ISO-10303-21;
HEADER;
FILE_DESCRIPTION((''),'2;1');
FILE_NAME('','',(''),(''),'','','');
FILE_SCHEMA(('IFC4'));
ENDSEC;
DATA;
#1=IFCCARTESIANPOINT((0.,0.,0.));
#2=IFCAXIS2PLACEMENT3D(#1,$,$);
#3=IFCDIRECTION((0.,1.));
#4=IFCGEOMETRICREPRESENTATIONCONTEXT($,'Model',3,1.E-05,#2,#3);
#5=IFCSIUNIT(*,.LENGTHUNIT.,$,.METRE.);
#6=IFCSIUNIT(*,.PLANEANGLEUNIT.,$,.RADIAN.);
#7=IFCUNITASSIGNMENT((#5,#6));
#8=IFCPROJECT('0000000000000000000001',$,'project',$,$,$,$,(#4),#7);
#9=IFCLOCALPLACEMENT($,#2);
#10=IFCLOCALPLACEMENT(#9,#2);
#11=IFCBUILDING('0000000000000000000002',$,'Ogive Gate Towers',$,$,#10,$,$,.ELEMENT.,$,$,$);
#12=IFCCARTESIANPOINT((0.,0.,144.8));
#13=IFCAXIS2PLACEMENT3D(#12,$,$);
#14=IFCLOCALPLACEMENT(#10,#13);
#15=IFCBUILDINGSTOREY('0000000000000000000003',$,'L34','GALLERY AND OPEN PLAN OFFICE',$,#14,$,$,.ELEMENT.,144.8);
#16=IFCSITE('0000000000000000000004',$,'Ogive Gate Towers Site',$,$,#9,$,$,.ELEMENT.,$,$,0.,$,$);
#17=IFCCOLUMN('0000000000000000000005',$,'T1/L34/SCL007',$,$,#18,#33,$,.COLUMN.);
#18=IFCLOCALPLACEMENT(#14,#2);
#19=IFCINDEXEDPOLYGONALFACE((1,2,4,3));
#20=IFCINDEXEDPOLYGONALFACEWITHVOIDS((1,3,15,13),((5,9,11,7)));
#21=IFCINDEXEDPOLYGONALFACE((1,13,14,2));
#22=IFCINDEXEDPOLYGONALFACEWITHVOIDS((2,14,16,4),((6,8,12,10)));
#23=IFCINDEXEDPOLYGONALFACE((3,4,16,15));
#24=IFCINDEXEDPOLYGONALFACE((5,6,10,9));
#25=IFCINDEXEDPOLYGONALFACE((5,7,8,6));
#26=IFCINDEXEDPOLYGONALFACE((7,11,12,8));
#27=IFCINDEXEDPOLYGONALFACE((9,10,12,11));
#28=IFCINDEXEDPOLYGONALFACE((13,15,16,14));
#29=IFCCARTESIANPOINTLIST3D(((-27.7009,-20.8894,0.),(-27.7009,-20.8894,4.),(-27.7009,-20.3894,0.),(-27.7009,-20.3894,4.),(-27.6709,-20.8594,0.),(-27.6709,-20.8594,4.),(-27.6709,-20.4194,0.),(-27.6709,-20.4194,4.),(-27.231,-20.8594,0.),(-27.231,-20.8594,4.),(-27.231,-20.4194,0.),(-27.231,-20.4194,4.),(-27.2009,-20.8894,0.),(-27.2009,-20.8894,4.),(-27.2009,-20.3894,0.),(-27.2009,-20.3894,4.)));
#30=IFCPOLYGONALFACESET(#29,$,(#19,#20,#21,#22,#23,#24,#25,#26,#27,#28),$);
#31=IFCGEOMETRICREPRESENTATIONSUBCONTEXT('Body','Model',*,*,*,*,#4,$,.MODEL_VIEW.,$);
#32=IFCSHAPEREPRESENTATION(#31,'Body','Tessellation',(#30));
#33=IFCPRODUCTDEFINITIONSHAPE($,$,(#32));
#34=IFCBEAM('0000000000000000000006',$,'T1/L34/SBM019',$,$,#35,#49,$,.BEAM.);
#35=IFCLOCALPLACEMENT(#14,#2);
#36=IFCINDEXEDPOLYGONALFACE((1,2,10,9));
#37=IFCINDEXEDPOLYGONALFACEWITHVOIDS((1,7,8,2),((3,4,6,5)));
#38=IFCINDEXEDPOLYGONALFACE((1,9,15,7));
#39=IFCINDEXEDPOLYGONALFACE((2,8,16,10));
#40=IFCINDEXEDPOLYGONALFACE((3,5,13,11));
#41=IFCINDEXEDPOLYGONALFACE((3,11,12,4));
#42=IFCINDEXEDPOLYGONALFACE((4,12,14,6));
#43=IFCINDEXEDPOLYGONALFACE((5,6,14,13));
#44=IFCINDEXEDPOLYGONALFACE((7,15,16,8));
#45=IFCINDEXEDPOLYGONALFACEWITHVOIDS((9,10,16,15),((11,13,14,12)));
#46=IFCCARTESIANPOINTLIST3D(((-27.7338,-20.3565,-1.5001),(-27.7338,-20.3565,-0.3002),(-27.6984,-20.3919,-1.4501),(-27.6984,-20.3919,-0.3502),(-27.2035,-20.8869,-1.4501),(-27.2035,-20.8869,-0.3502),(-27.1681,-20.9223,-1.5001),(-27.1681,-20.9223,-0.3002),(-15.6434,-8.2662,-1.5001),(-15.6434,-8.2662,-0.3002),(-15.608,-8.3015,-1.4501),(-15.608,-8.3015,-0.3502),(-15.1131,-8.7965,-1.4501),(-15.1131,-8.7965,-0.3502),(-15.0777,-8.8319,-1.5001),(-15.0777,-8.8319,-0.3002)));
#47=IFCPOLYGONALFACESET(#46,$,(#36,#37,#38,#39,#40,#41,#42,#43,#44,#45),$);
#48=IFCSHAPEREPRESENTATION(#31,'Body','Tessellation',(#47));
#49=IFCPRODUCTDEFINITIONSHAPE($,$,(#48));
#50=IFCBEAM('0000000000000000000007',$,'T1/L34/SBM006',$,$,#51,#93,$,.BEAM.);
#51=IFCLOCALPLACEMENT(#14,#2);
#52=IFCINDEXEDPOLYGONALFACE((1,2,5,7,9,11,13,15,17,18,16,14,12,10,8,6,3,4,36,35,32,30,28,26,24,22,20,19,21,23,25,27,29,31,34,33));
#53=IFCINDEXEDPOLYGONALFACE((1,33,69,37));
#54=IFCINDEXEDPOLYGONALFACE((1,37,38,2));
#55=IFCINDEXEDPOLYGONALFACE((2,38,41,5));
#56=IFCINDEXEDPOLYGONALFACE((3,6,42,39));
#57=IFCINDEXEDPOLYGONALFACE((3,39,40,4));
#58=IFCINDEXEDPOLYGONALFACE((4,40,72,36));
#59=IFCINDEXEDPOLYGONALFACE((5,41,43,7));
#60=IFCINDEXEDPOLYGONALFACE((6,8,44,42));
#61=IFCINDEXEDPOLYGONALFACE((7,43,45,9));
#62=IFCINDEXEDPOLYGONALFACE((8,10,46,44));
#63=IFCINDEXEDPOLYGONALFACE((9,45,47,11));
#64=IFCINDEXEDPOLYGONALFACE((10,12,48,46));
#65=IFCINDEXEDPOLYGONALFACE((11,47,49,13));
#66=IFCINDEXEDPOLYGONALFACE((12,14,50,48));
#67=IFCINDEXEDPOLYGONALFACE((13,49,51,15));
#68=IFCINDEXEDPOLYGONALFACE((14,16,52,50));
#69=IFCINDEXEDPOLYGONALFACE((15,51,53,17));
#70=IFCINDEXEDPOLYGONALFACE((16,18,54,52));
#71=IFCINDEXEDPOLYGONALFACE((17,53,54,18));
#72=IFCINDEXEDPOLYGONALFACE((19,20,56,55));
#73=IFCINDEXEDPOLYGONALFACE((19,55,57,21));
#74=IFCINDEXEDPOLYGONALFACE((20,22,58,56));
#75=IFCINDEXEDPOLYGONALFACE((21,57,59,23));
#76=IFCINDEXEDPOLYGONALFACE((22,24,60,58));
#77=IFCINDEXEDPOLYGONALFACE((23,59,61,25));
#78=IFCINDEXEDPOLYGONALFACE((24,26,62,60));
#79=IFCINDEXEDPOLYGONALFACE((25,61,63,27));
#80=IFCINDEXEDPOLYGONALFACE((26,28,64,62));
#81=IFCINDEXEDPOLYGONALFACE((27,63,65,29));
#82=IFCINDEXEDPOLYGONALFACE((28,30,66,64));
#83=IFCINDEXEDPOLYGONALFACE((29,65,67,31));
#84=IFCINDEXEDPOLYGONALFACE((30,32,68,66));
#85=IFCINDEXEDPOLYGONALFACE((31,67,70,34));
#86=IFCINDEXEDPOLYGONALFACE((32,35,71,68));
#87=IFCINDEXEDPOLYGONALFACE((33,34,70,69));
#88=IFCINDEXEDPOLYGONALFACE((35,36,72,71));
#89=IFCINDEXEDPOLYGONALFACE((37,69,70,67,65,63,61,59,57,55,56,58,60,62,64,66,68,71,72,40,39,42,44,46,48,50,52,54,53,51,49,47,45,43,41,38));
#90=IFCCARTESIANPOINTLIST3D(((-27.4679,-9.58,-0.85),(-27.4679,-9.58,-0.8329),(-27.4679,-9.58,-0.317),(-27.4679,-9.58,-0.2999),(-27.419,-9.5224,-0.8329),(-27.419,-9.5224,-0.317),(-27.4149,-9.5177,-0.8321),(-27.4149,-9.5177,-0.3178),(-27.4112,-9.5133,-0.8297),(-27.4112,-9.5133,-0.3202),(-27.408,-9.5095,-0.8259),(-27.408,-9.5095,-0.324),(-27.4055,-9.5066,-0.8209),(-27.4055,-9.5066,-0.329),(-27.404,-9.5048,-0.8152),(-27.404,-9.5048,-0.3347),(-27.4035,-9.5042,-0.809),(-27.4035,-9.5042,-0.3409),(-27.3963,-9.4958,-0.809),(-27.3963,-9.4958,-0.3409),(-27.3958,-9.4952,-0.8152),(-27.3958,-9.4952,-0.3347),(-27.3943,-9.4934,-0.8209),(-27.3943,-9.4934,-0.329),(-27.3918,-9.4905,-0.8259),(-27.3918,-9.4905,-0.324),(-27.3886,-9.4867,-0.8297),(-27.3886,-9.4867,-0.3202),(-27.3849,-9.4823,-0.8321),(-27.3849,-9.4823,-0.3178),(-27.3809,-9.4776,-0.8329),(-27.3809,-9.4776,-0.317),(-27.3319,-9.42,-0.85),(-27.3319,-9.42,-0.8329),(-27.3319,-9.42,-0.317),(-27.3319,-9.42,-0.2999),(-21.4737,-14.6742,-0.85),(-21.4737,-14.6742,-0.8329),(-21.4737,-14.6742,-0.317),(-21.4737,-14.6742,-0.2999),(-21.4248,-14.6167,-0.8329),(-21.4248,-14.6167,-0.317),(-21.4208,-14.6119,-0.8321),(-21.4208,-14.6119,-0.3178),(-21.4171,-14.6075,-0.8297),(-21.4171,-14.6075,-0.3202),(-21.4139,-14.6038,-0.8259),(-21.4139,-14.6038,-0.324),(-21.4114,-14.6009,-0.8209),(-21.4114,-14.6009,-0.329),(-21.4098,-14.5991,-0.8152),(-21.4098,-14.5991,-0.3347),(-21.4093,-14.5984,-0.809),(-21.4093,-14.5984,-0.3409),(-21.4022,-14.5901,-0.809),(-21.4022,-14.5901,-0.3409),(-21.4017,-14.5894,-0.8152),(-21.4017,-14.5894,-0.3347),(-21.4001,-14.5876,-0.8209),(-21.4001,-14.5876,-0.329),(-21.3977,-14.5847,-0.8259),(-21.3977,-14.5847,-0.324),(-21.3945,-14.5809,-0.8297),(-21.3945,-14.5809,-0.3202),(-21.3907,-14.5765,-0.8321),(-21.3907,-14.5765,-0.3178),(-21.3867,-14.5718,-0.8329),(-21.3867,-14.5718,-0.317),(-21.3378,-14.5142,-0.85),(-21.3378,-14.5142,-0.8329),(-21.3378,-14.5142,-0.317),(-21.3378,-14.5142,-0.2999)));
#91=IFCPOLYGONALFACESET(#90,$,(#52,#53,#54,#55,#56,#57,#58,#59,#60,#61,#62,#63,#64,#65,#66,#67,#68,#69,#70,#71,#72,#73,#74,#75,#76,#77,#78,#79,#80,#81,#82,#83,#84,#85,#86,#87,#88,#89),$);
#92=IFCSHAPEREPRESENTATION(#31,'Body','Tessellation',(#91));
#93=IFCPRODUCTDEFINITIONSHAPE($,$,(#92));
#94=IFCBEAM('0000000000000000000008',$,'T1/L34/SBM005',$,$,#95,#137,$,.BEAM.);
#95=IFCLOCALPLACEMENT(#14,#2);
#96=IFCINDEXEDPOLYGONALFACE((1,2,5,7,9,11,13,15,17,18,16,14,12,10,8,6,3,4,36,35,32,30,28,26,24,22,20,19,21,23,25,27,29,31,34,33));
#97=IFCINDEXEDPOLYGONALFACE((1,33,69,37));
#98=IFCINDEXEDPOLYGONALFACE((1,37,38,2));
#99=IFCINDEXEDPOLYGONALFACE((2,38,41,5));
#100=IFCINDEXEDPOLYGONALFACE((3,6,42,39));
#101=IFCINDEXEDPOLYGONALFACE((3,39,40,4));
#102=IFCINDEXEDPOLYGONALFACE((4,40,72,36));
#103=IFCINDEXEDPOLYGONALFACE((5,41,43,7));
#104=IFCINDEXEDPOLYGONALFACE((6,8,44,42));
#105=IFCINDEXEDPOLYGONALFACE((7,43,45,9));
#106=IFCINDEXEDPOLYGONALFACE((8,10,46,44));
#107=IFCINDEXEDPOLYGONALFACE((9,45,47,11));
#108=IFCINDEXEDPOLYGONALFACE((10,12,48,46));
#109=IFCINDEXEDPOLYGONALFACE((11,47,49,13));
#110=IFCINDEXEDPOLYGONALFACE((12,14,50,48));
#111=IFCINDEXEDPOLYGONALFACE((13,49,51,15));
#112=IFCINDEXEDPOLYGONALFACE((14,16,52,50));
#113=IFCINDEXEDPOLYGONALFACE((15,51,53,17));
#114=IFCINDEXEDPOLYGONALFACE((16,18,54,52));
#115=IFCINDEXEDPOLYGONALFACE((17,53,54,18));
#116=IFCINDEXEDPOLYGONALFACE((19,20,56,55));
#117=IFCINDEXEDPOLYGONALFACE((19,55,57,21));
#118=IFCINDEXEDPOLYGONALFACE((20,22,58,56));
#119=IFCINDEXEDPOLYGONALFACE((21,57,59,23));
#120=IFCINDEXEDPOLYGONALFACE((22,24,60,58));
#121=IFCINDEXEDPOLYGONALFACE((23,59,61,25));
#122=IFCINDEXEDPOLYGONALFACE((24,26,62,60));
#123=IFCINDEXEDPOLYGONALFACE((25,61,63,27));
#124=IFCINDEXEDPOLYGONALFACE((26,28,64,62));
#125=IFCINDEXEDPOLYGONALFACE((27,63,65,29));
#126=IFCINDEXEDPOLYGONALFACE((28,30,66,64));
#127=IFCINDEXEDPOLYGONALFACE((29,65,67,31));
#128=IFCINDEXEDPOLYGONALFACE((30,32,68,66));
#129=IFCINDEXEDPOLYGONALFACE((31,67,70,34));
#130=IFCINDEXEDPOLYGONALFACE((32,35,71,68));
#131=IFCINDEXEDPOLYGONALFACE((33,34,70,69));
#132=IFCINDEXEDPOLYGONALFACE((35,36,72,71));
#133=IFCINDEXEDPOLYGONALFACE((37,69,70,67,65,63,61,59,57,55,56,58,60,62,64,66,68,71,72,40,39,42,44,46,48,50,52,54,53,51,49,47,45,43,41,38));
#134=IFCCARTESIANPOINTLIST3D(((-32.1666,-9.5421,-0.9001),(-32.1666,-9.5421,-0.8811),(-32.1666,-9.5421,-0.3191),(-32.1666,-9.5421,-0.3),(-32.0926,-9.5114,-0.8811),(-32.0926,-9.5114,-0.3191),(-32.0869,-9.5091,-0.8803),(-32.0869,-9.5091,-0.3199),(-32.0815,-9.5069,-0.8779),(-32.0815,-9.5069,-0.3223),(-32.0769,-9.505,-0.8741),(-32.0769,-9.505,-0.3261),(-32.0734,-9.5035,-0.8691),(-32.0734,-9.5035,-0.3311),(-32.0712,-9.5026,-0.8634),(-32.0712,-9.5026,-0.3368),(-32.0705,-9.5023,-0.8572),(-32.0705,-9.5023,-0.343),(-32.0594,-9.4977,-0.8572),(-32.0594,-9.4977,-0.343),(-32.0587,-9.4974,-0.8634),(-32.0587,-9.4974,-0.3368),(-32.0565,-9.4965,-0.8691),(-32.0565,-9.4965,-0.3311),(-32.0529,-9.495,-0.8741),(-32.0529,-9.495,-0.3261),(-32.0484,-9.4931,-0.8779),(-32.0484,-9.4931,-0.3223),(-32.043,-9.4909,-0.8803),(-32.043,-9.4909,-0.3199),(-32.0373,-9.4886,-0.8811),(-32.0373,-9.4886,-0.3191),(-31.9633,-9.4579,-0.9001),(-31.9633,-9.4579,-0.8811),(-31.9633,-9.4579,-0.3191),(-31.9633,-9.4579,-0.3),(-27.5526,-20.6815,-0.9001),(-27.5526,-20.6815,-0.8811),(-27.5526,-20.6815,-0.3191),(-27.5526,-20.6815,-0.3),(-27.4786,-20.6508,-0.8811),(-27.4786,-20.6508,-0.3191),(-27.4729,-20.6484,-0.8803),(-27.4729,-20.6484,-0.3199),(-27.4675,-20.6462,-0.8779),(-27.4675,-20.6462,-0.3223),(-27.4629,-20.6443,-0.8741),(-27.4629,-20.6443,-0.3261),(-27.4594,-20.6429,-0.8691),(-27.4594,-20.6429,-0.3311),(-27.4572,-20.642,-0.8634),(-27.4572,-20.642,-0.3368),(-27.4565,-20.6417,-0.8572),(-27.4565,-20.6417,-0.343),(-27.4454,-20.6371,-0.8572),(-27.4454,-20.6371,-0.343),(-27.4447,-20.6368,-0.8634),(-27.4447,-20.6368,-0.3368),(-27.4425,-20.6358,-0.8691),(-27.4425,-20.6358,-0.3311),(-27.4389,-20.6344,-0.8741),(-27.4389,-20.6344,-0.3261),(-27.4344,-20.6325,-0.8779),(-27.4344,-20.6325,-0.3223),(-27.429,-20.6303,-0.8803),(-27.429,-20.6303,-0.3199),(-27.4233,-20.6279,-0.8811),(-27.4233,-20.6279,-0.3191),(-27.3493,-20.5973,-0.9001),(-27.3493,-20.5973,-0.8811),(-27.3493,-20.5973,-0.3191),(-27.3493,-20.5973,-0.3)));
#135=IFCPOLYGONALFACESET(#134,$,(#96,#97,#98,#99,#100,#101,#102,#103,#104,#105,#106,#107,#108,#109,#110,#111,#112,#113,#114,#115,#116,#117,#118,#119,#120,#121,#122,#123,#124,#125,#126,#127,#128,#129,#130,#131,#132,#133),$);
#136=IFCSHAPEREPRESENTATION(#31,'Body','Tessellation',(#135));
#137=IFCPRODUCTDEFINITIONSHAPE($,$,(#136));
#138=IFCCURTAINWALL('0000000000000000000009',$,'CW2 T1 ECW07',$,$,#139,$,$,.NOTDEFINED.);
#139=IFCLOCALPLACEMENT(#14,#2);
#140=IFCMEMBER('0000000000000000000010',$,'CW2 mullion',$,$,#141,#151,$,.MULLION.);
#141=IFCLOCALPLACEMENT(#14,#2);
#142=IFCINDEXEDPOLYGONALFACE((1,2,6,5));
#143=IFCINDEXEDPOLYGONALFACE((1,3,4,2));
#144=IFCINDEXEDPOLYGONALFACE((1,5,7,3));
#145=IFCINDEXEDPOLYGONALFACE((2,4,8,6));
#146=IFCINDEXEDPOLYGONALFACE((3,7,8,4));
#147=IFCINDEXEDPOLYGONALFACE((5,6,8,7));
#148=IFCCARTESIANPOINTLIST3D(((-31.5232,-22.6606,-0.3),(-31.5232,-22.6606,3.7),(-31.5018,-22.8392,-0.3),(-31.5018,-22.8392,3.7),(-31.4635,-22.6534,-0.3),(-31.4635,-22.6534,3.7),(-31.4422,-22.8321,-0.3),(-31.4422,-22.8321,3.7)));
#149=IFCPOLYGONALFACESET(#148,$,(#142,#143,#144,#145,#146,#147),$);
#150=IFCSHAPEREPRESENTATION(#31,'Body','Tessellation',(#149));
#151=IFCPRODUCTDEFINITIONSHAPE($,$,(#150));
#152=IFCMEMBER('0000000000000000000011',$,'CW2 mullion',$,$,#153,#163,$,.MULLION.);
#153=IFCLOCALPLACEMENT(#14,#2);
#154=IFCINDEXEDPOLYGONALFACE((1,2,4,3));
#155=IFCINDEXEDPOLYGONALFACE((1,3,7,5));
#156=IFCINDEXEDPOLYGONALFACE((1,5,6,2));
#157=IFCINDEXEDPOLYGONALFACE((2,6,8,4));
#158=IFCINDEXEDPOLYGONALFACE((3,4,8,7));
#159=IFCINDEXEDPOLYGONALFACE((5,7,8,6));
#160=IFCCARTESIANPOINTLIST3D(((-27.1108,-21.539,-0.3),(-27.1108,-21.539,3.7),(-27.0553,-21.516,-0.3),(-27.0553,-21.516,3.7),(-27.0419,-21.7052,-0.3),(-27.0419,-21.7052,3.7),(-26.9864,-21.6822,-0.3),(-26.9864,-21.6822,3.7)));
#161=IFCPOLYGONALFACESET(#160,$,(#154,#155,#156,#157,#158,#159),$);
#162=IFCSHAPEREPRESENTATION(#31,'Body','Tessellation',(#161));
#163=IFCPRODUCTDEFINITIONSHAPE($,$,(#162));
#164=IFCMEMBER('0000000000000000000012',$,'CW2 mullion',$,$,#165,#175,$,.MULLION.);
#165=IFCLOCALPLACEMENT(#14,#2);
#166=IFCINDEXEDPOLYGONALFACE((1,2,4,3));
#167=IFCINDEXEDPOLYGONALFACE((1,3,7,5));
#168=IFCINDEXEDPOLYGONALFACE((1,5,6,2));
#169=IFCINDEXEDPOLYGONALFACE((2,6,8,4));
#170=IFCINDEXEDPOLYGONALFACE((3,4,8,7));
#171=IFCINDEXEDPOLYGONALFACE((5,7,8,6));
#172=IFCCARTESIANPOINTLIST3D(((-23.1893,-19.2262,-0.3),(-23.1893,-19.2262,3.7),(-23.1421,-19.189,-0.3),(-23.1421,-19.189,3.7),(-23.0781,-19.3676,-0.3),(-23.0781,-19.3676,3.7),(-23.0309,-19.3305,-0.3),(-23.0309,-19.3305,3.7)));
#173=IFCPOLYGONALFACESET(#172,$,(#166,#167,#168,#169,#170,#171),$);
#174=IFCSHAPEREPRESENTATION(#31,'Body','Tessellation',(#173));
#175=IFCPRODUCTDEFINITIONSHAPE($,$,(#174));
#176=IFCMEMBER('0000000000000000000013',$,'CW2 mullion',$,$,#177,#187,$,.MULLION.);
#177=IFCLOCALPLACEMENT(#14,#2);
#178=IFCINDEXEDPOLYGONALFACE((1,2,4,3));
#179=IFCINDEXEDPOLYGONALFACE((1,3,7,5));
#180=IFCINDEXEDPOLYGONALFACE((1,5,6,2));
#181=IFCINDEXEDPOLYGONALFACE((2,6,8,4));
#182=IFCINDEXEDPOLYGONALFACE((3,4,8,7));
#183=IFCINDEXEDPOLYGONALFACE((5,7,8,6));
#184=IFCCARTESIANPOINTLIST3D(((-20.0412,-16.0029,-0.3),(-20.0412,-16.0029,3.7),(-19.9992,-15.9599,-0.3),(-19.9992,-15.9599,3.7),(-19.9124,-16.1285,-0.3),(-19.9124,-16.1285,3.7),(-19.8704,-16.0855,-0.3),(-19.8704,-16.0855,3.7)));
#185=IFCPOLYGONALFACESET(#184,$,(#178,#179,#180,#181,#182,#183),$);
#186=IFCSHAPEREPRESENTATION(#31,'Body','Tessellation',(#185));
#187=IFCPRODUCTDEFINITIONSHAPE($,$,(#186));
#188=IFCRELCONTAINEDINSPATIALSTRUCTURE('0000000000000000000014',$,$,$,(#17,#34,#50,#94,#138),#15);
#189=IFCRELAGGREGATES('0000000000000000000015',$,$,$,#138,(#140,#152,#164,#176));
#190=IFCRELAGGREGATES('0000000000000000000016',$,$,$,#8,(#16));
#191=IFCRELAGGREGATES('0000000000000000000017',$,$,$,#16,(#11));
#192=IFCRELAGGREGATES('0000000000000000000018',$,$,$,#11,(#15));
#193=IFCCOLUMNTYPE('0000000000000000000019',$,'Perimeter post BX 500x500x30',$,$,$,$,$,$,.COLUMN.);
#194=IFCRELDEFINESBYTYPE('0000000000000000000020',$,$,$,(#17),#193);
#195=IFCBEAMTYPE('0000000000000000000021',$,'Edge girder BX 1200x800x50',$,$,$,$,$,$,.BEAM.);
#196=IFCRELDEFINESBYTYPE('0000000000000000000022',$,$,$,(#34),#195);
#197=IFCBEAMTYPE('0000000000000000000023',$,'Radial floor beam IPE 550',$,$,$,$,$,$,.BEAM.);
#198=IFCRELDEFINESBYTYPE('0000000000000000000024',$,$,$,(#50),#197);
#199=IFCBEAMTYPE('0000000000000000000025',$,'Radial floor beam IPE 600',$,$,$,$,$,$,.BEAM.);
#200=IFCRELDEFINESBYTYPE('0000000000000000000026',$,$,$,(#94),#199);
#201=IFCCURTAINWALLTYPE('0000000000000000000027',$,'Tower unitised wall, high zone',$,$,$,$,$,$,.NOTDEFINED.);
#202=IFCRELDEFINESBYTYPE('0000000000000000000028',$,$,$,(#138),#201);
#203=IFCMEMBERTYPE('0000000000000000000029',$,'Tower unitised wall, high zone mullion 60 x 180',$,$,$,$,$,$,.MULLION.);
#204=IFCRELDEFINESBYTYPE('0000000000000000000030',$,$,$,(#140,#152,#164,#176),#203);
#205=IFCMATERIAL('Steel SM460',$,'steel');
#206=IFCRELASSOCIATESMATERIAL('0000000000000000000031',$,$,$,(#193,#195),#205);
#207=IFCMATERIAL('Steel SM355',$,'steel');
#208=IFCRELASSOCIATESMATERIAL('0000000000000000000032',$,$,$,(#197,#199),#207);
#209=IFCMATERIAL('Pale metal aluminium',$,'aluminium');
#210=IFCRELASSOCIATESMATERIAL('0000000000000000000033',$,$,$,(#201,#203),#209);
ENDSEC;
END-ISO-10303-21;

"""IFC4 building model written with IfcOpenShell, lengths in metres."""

from ifc_helpers import new_model, si_unit, direction, frame, origin, origin_2d, place, context, subcontext, project, spatial, rectangle, hollow_rectangle, i_section, extrude, material, material_profile, profile_set, type_object, element, aggregate, save


model = new_model("IFC4")

# Units and contexts
model_context = context("Model", 3, precision=1e-05, world=origin(), true_north=direction((0.0, 1.0)))
body_context = subcontext(model_context, "Body", "Model", "MODEL_VIEW")
ifc_project = project(units=[si_unit("LENGTHUNIT", "METRE"), si_unit("PLANEANGLEUNIT", "RADIAN")], contexts=[model_context])

# Site, building, storey
site_placement = place(None, origin())
site = spatial("IfcSite", under=ifc_project, at=site_placement, Name="Ogive Gate Towers Site", CompositionType="ELEMENT", RefElevation=0.0)
building_placement = place(site_placement, origin())
building = spatial("IfcBuilding", under=site, at=building_placement, Name="Ogive Gate Towers", CompositionType="ELEMENT")
storey_placement = place(building_placement, frame((0.0, 0.0, 144.8)))
storey = spatial("IfcBuildingStorey", under=building, at=storey_placement, Name="L34", Description="GALLERY AND OPEN PLAN OFFICE", CompositionType="ELEMENT", Elevation=144.8)

# Column
ifc_material_1 = material(Name="Steel SM460", Category="steel")
ifc_material_profile_1 = material_profile(ifc_material_1, hollow_rectangle(XDim=0.5, YDim=0.5, WallThickness=0.03, at=origin_2d()), Name="BX 500x500x30")
ifc_profile_set_1 = profile_set([ifc_material_profile_1], Name="Steel SM460")
column_type = type_object("IfcColumnType", Name="Perimeter post BX 500x500x30", PredefinedType="COLUMN", material=ifc_profile_set_1)
column_placement = place(storey_placement, frame((-27.4509, -20.6394, 0.0), z_axis=(0.0, 0.0, 1.0), x_axis=(1.0, 0.0, 0.0)))
element("IfcColumn", 1, at=column_placement, inside=storey, type_object=column_type, Name="T1/L34/SCL007", PredefinedType="COLUMN", context=body_context, shape_type="SweptSolid", body=[
    extrude(hollow_rectangle(XDim=0.5, YDim=0.5, WallThickness=0.03, at=origin_2d()), origin(), (0.0, 0.0, 1.0), 4.0),
])

# Beams
ifc_material_profile_2 = material_profile(ifc_material_1, hollow_rectangle(XDim=0.8, YDim=1.2, WallThickness=0.05, at=origin_2d()), Name="BX 1200x800x50")
ifc_profile_set_2 = profile_set([ifc_material_profile_2], Name="Steel SM460")
beam_type_1 = type_object("IfcBeamType", Name="Edge girder BX 1200x800x50", PredefinedType="BEAM", material=ifc_profile_set_2)
beam_1_placement = place(storey_placement, frame((-27.4509, -20.6394, -0.9001), z_axis=(0.707107, 0.707107, 0.0), x_axis=(-0.707107, 0.707107, 0.0)))
element("IfcBeam", 2, at=beam_1_placement, inside=storey, type_object=beam_type_1, Name="T1/L34/SBM019", PredefinedType="BEAM", context=body_context, shape_type="SweptSolid", body=[
    extrude(hollow_rectangle(XDim=0.8, YDim=1.2, WallThickness=0.05, at=origin_2d()), origin(), (0.0, 0.0, 1.0), 17.0984),
])
ifc_material_2 = material(Name="Steel SM355", Category="steel")
ifc_material_profile_3 = material_profile(ifc_material_2, i_section(OverallWidth=0.21, OverallDepth=0.55, WebThickness=0.011, FlangeThickness=0.0171, FilletRadius=0.0239, at=origin_2d()), Name="IPE 550")
ifc_profile_set_3 = profile_set([ifc_material_profile_3], Name="Steel SM355")
beam_type_2 = type_object("IfcBeamType", Name="Radial floor beam IPE 550", PredefinedType="BEAM", material=ifc_profile_set_3)
beam_2_placement = place(storey_placement, frame((-27.3999, -9.5, -0.575), z_axis=(0.761988, -0.647591, 0.0), x_axis=(0.647591, 0.761988, 0.0)))
element("IfcBeam", 3, at=beam_2_placement, inside=storey, type_object=beam_type_2, Name="T1/L34/SBM006", PredefinedType="BEAM", context=body_context, shape_type="SweptSolid", body=[
    extrude(i_section(OverallWidth=0.21, OverallDepth=0.55, WebThickness=0.011, FlangeThickness=0.0171, FilletRadius=0.0239, at=origin_2d()), origin(), (0.0, 0.0, 1.0), 7.8665),
])
ifc_material_profile_4 = material_profile(ifc_material_2, i_section(OverallWidth=0.22, OverallDepth=0.6001, WebThickness=0.012, FlangeThickness=0.019, FilletRadius=0.0239, at=origin_2d()), Name="IPE 600")
ifc_profile_set_4 = profile_set([ifc_material_profile_4], Name="Steel SM355")
beam_type_3 = type_object("IfcBeamType", Name="Radial floor beam IPE 600", PredefinedType="BEAM", material=ifc_profile_set_4)
beam_3_placement = place(storey_placement, frame((-32.0649, -9.5, -0.6001), z_axis=(0.382678, -0.923882, 0.0), x_axis=(0.923882, 0.382678, 0.0)))
element("IfcBeam", 4, at=beam_3_placement, inside=storey, type_object=beam_type_3, Name="T1/L34/SBM005", PredefinedType="BEAM", context=body_context, shape_type="SweptSolid", body=[
    extrude(i_section(OverallWidth=0.22, OverallDepth=0.6001, WebThickness=0.012, FlangeThickness=0.019, FilletRadius=0.0239, at=origin_2d()), origin(), (0.0, 0.0, 1.0), 12.0571),
])

# Curtain wall, members
ifc_material_3 = material(Name="Pale metal aluminium", Category="aluminium")
curtain_wall_type = type_object("IfcCurtainWallType", Name="Tower unitised wall, high zone", PredefinedType="NOTDEFINED", material=ifc_material_3)
curtain_wall_1_placement = place(storey_placement, origin())
curtain_wall_1 = element("IfcCurtainWall", 5, at=curtain_wall_1_placement, inside=storey, type_object=curtain_wall_type, Name="CW2 T1 ECW07", PredefinedType="NOTDEFINED")
ifc_material_profile_5 = material_profile(ifc_material_3, rectangle(XDim=0.1799, YDim=0.0601, at=origin_2d()), Name="60 x 180 aluminium box")
ifc_profile_set_5 = profile_set([ifc_material_profile_5], Name="Pale metal aluminium")
member_type_1 = type_object("IfcMemberType", Name="Tower unitised wall, high zone mullion 60 x 180", PredefinedType="MULLION", material=ifc_profile_set_5)
member_1_placement = place(storey_placement, frame((-31.4827, -22.7463, -0.3), z_axis=(0.0, 0.0, 1.0), x_axis=(0.118889, -0.992908, 0.0)))
member_1 = element("IfcMember", 6, at=member_1_placement, type_object=member_type_1, Name="CW2 mullion", PredefinedType="MULLION", context=body_context, shape_type="SweptSolid", body=[
    extrude(rectangle(XDim=0.1799, YDim=0.0601, at=origin_2d()), origin(), (0.0, 0.0, 1.0), 4.0),
])
member_2_placement = place(storey_placement, frame((-27.0486, -21.6106, -0.3), z_axis=(0.0, 0.0, 1.0), x_axis=(0.382683, -0.92388, 0.0)))
member_2 = element("IfcMember", 7, at=member_2_placement, type_object=member_type_1, Name="CW2 mullion", PredefinedType="MULLION", context=body_context, shape_type="SweptSolid", body=[
    extrude(rectangle(XDim=0.1799, YDim=0.0601, at=origin_2d()), origin(), (0.0, 0.0, 1.0), 4.0),
])
member_3_placement = place(storey_placement, frame((-23.1101, -19.2783, -0.3), z_axis=(0.0, 0.0, 1.0), x_axis=(0.618038, -0.786148, 0.0)))
member_3 = element("IfcMember", 8, at=member_3_placement, type_object=member_type_1, Name="CW2 mullion", PredefinedType="MULLION", context=body_context, shape_type="SweptSolid", body=[
    extrude(rectangle(XDim=0.1799, YDim=0.0601, at=origin_2d()), origin(), (0.0, 0.0, 1.0), 4.0),
])
member_4_placement = place(storey_placement, frame((-19.9558, -16.0442, -0.3), z_axis=(0.0, 0.0, 1.0), x_axis=(0.715863, -0.69824, 0.0)))
member_4 = element("IfcMember", 9, at=member_4_placement, type_object=member_type_1, Name="CW2 mullion", PredefinedType="MULLION", context=body_context, shape_type="SweptSolid", body=[
    extrude(rectangle(XDim=0.1799, YDim=0.0601, at=origin_2d()), origin(), (0.0, 0.0, 1.0), 4.0),
])

aggregate(curtain_wall_1, [member_1, member_2, member_3, member_4])

save(model, "model.ifc")
